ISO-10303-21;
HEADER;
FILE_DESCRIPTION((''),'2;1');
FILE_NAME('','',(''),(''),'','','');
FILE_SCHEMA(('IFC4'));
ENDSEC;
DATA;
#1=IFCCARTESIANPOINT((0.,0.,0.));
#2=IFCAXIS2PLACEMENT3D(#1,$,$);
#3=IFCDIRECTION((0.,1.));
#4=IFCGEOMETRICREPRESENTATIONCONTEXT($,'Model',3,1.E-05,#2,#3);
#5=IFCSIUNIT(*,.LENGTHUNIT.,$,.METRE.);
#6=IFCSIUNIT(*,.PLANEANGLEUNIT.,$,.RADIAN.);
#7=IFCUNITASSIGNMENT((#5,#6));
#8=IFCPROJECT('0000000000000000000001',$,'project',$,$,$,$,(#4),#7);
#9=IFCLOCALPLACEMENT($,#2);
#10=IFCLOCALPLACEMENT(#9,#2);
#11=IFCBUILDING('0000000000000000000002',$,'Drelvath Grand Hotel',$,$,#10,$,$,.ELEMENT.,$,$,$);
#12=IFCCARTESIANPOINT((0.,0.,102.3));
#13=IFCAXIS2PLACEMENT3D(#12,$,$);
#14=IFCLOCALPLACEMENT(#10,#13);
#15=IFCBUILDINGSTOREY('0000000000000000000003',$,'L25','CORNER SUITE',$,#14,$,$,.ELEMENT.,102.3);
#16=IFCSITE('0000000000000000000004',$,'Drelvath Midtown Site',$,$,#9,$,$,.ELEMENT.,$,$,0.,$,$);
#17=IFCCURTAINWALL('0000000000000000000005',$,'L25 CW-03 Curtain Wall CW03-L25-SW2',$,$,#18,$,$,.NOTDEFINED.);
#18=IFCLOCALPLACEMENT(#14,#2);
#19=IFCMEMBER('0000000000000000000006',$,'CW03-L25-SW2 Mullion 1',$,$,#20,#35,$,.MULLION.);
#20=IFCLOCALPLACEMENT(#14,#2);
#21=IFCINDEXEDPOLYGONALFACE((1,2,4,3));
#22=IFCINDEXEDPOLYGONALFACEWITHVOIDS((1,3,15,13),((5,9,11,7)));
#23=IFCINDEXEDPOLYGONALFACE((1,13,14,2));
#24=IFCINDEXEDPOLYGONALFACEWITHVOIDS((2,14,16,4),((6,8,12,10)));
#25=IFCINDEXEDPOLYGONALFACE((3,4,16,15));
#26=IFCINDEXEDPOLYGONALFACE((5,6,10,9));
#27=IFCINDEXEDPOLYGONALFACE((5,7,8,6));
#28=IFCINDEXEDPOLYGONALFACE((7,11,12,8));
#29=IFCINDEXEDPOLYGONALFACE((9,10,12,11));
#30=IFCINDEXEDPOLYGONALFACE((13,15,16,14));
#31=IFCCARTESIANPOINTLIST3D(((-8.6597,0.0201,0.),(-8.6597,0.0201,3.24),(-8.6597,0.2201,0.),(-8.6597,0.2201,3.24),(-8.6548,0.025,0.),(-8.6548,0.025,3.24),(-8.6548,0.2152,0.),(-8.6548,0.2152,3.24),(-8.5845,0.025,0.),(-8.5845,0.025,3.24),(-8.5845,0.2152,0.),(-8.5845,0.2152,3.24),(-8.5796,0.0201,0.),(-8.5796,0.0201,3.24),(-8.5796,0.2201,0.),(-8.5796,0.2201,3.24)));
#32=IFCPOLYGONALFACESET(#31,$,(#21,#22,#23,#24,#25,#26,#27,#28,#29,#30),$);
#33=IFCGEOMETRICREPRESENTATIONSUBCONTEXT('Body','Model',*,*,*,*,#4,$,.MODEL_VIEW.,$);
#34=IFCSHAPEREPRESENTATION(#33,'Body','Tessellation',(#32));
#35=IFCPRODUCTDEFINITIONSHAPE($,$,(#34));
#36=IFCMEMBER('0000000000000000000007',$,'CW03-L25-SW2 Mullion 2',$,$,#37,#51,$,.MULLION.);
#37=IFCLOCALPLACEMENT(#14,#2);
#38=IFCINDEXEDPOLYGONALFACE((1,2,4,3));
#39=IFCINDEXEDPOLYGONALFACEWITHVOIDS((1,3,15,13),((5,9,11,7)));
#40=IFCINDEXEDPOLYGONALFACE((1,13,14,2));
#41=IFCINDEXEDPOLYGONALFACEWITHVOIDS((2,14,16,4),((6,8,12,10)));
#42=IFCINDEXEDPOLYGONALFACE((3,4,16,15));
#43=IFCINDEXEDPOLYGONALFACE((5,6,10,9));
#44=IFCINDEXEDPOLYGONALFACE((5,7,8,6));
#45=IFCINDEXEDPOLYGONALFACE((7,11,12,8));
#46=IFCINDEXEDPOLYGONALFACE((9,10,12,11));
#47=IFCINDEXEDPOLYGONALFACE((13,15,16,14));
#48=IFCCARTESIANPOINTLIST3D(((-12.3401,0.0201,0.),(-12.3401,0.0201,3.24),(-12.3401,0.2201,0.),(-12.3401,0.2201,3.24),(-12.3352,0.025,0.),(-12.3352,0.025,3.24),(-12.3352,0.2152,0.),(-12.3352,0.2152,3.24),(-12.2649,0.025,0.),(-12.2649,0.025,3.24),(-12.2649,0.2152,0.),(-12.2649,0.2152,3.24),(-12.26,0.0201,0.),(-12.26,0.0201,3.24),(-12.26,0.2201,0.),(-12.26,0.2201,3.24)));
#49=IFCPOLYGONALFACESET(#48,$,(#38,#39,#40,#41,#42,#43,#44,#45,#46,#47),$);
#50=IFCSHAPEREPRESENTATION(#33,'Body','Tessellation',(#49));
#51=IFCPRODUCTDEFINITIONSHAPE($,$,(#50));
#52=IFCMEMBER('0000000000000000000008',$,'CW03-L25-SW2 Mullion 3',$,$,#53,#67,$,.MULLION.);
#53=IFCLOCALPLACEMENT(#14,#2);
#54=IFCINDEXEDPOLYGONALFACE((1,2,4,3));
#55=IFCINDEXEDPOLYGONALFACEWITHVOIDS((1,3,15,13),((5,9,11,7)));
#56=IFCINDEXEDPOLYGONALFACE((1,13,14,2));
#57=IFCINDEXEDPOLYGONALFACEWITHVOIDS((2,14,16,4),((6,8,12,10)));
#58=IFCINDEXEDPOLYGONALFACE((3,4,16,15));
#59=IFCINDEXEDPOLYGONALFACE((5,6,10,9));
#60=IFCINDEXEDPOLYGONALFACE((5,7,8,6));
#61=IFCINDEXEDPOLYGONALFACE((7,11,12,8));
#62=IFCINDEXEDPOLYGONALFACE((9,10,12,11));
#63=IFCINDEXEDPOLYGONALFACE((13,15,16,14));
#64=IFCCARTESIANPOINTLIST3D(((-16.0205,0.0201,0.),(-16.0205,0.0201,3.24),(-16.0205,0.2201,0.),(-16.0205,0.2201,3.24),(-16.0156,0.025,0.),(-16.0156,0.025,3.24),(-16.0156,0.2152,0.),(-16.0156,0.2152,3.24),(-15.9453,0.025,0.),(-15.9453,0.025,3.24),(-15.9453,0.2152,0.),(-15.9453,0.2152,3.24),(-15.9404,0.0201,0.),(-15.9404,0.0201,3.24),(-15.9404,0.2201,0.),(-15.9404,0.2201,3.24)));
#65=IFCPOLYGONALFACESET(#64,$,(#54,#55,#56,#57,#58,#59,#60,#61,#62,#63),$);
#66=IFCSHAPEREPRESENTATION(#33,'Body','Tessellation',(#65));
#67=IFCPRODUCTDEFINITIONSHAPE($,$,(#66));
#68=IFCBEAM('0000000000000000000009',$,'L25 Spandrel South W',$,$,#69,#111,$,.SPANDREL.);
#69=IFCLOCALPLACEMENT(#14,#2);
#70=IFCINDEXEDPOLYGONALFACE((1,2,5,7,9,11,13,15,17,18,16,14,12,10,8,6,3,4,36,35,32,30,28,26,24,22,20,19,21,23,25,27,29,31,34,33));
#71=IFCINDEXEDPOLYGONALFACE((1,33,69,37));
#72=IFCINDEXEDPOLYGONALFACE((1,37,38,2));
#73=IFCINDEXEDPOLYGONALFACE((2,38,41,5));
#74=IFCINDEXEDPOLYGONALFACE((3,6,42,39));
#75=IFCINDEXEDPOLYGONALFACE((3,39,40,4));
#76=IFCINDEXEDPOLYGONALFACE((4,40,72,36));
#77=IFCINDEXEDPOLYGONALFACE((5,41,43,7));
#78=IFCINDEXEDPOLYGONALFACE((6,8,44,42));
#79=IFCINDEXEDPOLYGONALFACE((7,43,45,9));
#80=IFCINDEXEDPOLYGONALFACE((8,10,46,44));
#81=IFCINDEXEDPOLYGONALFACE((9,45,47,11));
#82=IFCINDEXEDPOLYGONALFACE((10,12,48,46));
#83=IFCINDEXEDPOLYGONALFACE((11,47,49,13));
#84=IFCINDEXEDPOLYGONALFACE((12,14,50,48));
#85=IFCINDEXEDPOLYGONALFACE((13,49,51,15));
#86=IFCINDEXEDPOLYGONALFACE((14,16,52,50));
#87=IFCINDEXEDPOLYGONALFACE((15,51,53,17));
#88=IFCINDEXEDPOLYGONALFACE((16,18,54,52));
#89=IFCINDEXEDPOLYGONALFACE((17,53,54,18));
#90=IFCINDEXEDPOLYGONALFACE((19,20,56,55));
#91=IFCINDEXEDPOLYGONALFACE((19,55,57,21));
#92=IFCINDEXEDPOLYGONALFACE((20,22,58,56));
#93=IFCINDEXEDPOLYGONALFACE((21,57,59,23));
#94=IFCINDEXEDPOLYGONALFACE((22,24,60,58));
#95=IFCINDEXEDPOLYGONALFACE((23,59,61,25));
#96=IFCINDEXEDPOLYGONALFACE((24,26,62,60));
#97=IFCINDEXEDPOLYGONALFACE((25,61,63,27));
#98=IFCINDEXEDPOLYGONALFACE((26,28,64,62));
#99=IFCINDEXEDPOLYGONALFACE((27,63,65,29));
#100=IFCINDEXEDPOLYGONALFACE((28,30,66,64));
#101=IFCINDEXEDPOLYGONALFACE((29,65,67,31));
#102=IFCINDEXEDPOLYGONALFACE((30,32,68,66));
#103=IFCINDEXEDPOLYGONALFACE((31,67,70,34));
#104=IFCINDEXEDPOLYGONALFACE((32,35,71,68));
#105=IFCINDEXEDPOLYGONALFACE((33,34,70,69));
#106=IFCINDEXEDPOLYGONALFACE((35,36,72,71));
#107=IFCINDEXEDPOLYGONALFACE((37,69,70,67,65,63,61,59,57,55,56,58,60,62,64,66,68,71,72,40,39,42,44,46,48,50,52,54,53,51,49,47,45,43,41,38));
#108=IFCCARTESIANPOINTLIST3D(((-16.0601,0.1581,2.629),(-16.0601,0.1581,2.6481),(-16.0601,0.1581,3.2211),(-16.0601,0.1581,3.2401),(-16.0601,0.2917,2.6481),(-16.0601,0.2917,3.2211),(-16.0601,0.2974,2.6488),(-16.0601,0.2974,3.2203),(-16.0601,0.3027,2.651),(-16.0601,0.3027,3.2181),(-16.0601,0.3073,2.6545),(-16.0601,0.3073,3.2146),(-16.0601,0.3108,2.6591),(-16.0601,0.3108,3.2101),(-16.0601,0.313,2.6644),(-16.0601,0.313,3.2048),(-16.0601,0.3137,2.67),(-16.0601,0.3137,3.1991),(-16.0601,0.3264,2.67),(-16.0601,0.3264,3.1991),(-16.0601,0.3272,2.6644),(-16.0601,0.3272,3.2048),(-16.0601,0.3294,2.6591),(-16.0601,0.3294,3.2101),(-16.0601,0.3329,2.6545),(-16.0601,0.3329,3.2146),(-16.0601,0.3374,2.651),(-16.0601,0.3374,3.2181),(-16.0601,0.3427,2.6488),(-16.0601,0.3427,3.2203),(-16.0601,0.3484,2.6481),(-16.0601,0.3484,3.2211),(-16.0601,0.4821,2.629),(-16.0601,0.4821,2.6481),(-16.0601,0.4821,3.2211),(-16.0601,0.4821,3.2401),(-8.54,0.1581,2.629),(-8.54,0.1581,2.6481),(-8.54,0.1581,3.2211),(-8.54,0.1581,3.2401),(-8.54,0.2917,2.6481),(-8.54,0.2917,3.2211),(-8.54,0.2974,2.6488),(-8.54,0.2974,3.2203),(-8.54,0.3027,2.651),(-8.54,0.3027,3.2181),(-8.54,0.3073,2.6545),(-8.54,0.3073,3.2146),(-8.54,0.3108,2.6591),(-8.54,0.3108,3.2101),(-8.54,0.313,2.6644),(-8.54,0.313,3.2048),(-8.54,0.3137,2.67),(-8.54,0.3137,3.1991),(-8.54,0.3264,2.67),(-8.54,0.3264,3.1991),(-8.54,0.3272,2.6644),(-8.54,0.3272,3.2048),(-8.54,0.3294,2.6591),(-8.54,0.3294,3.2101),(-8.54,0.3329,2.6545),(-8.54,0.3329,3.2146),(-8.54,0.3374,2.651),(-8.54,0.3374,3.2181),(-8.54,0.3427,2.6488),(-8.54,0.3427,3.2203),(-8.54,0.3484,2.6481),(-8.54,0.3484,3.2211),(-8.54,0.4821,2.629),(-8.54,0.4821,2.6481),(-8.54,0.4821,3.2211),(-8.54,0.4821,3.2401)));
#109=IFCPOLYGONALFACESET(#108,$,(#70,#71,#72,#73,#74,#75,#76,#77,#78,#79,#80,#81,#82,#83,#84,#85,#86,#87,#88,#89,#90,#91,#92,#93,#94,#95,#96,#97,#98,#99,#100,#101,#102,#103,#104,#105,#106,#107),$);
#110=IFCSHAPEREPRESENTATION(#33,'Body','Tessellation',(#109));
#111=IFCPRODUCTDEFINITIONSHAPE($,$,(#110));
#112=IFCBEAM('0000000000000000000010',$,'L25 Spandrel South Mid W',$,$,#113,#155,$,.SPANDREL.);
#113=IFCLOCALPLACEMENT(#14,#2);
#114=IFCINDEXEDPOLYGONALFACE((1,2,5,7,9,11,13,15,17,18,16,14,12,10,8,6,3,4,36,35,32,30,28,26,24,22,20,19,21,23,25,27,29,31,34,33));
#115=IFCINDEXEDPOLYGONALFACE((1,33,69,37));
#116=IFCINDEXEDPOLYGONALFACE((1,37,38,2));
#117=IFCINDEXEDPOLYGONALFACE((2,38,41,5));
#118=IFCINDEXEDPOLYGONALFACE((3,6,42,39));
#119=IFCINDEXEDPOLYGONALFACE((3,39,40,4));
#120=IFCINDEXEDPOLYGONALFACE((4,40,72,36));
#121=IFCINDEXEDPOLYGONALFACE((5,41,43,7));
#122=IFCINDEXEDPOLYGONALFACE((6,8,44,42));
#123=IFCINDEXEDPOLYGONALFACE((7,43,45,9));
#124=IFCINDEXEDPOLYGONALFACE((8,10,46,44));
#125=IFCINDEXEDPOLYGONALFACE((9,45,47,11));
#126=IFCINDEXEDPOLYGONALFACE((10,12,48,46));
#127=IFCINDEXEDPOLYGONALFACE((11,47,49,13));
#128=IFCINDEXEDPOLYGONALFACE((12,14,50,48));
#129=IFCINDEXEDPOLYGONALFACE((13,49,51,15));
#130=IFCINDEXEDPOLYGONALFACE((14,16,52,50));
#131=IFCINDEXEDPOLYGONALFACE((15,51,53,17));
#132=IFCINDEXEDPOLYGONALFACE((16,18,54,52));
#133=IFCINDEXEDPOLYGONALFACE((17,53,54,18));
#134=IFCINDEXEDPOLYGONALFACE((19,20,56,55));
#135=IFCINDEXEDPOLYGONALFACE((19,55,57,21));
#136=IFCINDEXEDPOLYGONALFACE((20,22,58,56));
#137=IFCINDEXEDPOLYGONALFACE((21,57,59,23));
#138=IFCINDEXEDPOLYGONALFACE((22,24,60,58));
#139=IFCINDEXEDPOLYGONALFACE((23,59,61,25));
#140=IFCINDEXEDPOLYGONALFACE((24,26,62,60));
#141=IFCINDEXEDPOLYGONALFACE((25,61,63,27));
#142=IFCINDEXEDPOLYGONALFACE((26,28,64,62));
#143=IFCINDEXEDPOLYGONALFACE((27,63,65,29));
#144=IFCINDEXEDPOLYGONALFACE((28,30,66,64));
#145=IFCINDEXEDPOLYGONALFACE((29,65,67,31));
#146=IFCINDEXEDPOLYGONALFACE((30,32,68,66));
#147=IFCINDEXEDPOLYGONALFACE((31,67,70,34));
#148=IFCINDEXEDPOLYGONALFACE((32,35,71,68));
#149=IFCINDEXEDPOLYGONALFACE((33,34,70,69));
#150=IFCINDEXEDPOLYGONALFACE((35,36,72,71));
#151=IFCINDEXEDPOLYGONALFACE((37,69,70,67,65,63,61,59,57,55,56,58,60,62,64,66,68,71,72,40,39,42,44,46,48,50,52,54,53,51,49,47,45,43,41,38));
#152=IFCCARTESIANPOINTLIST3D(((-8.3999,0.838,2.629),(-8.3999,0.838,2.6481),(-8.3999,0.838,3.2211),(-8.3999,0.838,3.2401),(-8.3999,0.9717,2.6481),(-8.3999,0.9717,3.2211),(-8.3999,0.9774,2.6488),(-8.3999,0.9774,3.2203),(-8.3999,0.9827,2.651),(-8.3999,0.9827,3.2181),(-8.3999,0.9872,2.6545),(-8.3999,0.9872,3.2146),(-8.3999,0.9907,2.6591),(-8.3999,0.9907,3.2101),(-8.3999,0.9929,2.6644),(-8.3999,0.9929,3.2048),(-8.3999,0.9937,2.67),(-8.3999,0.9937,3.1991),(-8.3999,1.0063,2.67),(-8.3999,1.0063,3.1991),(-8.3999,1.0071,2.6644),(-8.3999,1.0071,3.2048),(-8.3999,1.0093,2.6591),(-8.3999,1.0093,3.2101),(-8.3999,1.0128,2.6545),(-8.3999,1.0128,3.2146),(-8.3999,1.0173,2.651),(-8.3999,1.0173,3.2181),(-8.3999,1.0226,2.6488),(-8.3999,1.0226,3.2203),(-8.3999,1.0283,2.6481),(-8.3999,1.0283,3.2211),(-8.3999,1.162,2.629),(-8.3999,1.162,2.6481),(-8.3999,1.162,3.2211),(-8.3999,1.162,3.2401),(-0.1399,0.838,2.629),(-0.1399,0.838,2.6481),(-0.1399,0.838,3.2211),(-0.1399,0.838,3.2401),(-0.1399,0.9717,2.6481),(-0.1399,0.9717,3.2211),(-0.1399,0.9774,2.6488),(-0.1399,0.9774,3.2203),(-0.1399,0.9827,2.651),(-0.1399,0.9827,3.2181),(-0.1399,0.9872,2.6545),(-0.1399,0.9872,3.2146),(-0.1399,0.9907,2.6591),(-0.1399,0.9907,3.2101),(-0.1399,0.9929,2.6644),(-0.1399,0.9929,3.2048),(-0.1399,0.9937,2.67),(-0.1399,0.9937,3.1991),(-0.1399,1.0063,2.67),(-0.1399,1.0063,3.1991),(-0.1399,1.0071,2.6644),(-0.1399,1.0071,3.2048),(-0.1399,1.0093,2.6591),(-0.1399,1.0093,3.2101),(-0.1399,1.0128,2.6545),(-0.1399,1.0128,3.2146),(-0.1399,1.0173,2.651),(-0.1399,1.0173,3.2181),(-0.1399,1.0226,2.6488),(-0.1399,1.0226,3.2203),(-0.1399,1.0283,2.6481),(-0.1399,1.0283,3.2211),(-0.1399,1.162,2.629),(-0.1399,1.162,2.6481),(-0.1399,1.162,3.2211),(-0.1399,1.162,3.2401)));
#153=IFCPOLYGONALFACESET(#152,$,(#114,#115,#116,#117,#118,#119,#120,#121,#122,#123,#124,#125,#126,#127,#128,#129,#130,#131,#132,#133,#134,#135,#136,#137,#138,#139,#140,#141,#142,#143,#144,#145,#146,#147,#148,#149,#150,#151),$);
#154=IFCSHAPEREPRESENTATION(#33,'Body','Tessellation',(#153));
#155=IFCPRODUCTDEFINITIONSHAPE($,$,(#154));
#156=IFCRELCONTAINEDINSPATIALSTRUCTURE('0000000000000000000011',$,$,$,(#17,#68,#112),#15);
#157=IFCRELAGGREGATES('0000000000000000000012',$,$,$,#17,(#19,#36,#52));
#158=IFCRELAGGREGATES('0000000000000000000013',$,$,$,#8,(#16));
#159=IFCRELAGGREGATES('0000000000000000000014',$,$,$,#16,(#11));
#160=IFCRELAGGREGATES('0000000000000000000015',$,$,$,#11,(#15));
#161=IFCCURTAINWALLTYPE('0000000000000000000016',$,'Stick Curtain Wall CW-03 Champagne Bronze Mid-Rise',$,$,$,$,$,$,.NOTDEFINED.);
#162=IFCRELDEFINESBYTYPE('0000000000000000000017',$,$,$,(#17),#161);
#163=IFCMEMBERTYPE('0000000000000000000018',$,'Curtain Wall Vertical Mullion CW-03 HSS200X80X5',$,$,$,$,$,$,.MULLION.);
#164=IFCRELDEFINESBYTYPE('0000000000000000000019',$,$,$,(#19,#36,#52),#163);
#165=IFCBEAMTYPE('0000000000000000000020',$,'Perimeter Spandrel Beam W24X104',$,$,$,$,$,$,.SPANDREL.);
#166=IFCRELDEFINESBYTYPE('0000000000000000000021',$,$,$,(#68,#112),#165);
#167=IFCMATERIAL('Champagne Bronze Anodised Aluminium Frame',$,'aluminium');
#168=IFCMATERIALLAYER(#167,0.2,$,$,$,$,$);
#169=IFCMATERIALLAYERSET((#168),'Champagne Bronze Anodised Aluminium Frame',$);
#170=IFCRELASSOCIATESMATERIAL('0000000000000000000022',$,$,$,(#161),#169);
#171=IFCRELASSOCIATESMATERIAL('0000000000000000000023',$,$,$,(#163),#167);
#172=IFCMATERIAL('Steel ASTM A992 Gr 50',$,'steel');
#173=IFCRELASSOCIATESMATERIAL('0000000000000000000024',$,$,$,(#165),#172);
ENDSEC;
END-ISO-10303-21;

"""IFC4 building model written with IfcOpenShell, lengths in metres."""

from ifc_helpers import new_model, si_unit, direction, frame, origin, origin_2d, place, context, subcontext, project, spatial, hollow_rectangle, i_section, extrude, material, layer, layer_set, material_profile, profile_set, type_object, element, aggregate, save


model = new_model("IFC4")

# Units and contexts
model_context = context("Model", 3, precision=1e-05, world=origin(), true_north=direction((0.0, 1.0)))
body_context = subcontext(model_context, "Body", "Model", "MODEL_VIEW")
ifc_project = project(units=[si_unit("LENGTHUNIT", "METRE"), si_unit("PLANEANGLEUNIT", "RADIAN")], contexts=[model_context])

# Site, building, storey
site_placement = place(None, origin())
site = spatial("IfcSite", under=ifc_project, at=site_placement, Name="Drelvath Midtown Site", CompositionType="ELEMENT", RefElevation=0.0)
building_placement = place(site_placement, origin())
building = spatial("IfcBuilding", under=site, at=building_placement, Name="Drelvath Grand Hotel", CompositionType="ELEMENT")
storey_placement = place(building_placement, frame((0.0, 0.0, 102.3)))
storey = spatial("IfcBuildingStorey", under=building, at=storey_placement, Name="L25", Description="CORNER SUITE", CompositionType="ELEMENT", Elevation=102.3)

# Shared definitions
ifc_material_1 = material(Name="Steel ASTM A992 Gr 50", Category="steel")

# Curtain wall
ifc_material_2 = material(Name="Champagne Bronze Anodised Aluminium Frame", Category="aluminium")
ifc_layer_1 = layer(ifc_material_2, 0.2)
ifc_layer_set_1 = layer_set([ifc_layer_1], Name="Champagne Bronze Anodised Aluminium Frame")
curtain_wall_type = type_object("IfcCurtainWallType", Name="Stick Curtain Wall CW-03 Champagne Bronze Mid-Rise", PredefinedType="NOTDEFINED", material=ifc_layer_set_1)
curtain_wall_1_placement = place(storey_placement, origin())
curtain_wall_1 = element("IfcCurtainWall", 1, at=curtain_wall_1_placement, inside=storey, type_object=curtain_wall_type, Name="L25 CW-03 Curtain Wall CW03-L25-SW2", PredefinedType="NOTDEFINED")

# Members
ifc_material_profile_1 = material_profile(ifc_material_2, hollow_rectangle(XDim=0.0801, YDim=0.2, WallThickness=0.0049, at=origin_2d()), Name="HSS200X80X5")
ifc_profile_set_1 = profile_set([ifc_material_profile_1], Name="Champagne Bronze Anodised Aluminium Frame")
member_type_1 = type_object("IfcMemberType", Name="Curtain Wall Vertical Mullion CW-03 HSS200X80X5", PredefinedType="MULLION", material=ifc_profile_set_1)
member_1_placement = place(storey_placement, frame((-8.6196, 0.1201, 0.0), z_axis=(0.0, 0.0, 1.0), x_axis=(1.0, 0.0, 0.0)))
member_1 = element("IfcMember", 2, at=member_1_placement, type_object=member_type_1, Name="CW03-L25-SW2 Mullion 1", PredefinedType="MULLION", context=body_context, shape_type="SweptSolid", body=[
    extrude(hollow_rectangle(XDim=0.0801, YDim=0.2, WallThickness=0.0049, at=origin_2d()), origin(), (0.0, 0.0, 1.0), 3.24),
])
member_2_placement = place(storey_placement, frame((-12.3, 0.1201, 0.0), z_axis=(0.0, 0.0, 1.0), x_axis=(1.0, 0.0, 0.0)))
member_2 = element("IfcMember", 3, at=member_2_placement, type_object=member_type_1, Name="CW03-L25-SW2 Mullion 2", PredefinedType="MULLION", context=body_context, shape_type="SweptSolid", body=[
    extrude(hollow_rectangle(XDim=0.0801, YDim=0.2, WallThickness=0.0049, at=origin_2d()), origin(), (0.0, 0.0, 1.0), 3.24),
])
member_3_placement = place(storey_placement, frame((-15.9805, 0.1201, 0.0), z_axis=(0.0, 0.0, 1.0), x_axis=(1.0, 0.0, 0.0)))
member_3 = element("IfcMember", 4, at=member_3_placement, type_object=member_type_1, Name="CW03-L25-SW2 Mullion 3", PredefinedType="MULLION", context=body_context, shape_type="SweptSolid", body=[
    extrude(hollow_rectangle(XDim=0.0801, YDim=0.2, WallThickness=0.0049, at=origin_2d()), origin(), (0.0, 0.0, 1.0), 3.24),
])

# Beams
ifc_material_profile_2 = material_profile(ifc_material_1, i_section(OverallWidth=0.324, OverallDepth=0.6111, WebThickness=0.0127, FlangeThickness=0.019, FilletRadius=0.022, at=origin_2d()), Name="W24X104")
ifc_profile_set_2 = profile_set([ifc_material_profile_2], Name="Steel ASTM A992 Gr 50")
beam_type_1 = type_object("IfcBeamType", Name="Perimeter Spandrel Beam W24X104", PredefinedType="SPANDREL", material=ifc_profile_set_2)
beam_1_placement = place(storey_placement, frame((-16.0601, 0.3201, 2.9346), z_axis=(1.0, 0.0, 0.0), x_axis=(0.0, 1.0, 0.0)))
element("IfcBeam", 5, at=beam_1_placement, inside=storey, type_object=beam_type_1, Name="L25 Spandrel South W", PredefinedType="SPANDREL", context=body_context, shape_type="SweptSolid", body=[
    extrude(i_section(OverallWidth=0.324, OverallDepth=0.6111, WebThickness=0.0127, FlangeThickness=0.019, FilletRadius=0.022, at=origin_2d()), origin(), (0.0, 0.0, 1.0), 7.52),
])
beam_2_placement = place(storey_placement, frame((-8.3999, 1.0, 2.9346), z_axis=(1.0, 0.0, 0.0), x_axis=(0.0, 1.0, 0.0)))
element("IfcBeam", 6, at=beam_2_placement, inside=storey, type_object=beam_type_1, Name="L25 Spandrel South Mid W", PredefinedType="SPANDREL", context=body_context, shape_type="SweptSolid", body=[
    extrude(i_section(OverallWidth=0.324, OverallDepth=0.6111, WebThickness=0.0127, FlangeThickness=0.019, FilletRadius=0.022, at=origin_2d()), origin(), (0.0, 0.0, 1.0), 8.26),
])

aggregate(curtain_wall_1, [member_1, member_2, member_3])

save(model, "model.ifc")
